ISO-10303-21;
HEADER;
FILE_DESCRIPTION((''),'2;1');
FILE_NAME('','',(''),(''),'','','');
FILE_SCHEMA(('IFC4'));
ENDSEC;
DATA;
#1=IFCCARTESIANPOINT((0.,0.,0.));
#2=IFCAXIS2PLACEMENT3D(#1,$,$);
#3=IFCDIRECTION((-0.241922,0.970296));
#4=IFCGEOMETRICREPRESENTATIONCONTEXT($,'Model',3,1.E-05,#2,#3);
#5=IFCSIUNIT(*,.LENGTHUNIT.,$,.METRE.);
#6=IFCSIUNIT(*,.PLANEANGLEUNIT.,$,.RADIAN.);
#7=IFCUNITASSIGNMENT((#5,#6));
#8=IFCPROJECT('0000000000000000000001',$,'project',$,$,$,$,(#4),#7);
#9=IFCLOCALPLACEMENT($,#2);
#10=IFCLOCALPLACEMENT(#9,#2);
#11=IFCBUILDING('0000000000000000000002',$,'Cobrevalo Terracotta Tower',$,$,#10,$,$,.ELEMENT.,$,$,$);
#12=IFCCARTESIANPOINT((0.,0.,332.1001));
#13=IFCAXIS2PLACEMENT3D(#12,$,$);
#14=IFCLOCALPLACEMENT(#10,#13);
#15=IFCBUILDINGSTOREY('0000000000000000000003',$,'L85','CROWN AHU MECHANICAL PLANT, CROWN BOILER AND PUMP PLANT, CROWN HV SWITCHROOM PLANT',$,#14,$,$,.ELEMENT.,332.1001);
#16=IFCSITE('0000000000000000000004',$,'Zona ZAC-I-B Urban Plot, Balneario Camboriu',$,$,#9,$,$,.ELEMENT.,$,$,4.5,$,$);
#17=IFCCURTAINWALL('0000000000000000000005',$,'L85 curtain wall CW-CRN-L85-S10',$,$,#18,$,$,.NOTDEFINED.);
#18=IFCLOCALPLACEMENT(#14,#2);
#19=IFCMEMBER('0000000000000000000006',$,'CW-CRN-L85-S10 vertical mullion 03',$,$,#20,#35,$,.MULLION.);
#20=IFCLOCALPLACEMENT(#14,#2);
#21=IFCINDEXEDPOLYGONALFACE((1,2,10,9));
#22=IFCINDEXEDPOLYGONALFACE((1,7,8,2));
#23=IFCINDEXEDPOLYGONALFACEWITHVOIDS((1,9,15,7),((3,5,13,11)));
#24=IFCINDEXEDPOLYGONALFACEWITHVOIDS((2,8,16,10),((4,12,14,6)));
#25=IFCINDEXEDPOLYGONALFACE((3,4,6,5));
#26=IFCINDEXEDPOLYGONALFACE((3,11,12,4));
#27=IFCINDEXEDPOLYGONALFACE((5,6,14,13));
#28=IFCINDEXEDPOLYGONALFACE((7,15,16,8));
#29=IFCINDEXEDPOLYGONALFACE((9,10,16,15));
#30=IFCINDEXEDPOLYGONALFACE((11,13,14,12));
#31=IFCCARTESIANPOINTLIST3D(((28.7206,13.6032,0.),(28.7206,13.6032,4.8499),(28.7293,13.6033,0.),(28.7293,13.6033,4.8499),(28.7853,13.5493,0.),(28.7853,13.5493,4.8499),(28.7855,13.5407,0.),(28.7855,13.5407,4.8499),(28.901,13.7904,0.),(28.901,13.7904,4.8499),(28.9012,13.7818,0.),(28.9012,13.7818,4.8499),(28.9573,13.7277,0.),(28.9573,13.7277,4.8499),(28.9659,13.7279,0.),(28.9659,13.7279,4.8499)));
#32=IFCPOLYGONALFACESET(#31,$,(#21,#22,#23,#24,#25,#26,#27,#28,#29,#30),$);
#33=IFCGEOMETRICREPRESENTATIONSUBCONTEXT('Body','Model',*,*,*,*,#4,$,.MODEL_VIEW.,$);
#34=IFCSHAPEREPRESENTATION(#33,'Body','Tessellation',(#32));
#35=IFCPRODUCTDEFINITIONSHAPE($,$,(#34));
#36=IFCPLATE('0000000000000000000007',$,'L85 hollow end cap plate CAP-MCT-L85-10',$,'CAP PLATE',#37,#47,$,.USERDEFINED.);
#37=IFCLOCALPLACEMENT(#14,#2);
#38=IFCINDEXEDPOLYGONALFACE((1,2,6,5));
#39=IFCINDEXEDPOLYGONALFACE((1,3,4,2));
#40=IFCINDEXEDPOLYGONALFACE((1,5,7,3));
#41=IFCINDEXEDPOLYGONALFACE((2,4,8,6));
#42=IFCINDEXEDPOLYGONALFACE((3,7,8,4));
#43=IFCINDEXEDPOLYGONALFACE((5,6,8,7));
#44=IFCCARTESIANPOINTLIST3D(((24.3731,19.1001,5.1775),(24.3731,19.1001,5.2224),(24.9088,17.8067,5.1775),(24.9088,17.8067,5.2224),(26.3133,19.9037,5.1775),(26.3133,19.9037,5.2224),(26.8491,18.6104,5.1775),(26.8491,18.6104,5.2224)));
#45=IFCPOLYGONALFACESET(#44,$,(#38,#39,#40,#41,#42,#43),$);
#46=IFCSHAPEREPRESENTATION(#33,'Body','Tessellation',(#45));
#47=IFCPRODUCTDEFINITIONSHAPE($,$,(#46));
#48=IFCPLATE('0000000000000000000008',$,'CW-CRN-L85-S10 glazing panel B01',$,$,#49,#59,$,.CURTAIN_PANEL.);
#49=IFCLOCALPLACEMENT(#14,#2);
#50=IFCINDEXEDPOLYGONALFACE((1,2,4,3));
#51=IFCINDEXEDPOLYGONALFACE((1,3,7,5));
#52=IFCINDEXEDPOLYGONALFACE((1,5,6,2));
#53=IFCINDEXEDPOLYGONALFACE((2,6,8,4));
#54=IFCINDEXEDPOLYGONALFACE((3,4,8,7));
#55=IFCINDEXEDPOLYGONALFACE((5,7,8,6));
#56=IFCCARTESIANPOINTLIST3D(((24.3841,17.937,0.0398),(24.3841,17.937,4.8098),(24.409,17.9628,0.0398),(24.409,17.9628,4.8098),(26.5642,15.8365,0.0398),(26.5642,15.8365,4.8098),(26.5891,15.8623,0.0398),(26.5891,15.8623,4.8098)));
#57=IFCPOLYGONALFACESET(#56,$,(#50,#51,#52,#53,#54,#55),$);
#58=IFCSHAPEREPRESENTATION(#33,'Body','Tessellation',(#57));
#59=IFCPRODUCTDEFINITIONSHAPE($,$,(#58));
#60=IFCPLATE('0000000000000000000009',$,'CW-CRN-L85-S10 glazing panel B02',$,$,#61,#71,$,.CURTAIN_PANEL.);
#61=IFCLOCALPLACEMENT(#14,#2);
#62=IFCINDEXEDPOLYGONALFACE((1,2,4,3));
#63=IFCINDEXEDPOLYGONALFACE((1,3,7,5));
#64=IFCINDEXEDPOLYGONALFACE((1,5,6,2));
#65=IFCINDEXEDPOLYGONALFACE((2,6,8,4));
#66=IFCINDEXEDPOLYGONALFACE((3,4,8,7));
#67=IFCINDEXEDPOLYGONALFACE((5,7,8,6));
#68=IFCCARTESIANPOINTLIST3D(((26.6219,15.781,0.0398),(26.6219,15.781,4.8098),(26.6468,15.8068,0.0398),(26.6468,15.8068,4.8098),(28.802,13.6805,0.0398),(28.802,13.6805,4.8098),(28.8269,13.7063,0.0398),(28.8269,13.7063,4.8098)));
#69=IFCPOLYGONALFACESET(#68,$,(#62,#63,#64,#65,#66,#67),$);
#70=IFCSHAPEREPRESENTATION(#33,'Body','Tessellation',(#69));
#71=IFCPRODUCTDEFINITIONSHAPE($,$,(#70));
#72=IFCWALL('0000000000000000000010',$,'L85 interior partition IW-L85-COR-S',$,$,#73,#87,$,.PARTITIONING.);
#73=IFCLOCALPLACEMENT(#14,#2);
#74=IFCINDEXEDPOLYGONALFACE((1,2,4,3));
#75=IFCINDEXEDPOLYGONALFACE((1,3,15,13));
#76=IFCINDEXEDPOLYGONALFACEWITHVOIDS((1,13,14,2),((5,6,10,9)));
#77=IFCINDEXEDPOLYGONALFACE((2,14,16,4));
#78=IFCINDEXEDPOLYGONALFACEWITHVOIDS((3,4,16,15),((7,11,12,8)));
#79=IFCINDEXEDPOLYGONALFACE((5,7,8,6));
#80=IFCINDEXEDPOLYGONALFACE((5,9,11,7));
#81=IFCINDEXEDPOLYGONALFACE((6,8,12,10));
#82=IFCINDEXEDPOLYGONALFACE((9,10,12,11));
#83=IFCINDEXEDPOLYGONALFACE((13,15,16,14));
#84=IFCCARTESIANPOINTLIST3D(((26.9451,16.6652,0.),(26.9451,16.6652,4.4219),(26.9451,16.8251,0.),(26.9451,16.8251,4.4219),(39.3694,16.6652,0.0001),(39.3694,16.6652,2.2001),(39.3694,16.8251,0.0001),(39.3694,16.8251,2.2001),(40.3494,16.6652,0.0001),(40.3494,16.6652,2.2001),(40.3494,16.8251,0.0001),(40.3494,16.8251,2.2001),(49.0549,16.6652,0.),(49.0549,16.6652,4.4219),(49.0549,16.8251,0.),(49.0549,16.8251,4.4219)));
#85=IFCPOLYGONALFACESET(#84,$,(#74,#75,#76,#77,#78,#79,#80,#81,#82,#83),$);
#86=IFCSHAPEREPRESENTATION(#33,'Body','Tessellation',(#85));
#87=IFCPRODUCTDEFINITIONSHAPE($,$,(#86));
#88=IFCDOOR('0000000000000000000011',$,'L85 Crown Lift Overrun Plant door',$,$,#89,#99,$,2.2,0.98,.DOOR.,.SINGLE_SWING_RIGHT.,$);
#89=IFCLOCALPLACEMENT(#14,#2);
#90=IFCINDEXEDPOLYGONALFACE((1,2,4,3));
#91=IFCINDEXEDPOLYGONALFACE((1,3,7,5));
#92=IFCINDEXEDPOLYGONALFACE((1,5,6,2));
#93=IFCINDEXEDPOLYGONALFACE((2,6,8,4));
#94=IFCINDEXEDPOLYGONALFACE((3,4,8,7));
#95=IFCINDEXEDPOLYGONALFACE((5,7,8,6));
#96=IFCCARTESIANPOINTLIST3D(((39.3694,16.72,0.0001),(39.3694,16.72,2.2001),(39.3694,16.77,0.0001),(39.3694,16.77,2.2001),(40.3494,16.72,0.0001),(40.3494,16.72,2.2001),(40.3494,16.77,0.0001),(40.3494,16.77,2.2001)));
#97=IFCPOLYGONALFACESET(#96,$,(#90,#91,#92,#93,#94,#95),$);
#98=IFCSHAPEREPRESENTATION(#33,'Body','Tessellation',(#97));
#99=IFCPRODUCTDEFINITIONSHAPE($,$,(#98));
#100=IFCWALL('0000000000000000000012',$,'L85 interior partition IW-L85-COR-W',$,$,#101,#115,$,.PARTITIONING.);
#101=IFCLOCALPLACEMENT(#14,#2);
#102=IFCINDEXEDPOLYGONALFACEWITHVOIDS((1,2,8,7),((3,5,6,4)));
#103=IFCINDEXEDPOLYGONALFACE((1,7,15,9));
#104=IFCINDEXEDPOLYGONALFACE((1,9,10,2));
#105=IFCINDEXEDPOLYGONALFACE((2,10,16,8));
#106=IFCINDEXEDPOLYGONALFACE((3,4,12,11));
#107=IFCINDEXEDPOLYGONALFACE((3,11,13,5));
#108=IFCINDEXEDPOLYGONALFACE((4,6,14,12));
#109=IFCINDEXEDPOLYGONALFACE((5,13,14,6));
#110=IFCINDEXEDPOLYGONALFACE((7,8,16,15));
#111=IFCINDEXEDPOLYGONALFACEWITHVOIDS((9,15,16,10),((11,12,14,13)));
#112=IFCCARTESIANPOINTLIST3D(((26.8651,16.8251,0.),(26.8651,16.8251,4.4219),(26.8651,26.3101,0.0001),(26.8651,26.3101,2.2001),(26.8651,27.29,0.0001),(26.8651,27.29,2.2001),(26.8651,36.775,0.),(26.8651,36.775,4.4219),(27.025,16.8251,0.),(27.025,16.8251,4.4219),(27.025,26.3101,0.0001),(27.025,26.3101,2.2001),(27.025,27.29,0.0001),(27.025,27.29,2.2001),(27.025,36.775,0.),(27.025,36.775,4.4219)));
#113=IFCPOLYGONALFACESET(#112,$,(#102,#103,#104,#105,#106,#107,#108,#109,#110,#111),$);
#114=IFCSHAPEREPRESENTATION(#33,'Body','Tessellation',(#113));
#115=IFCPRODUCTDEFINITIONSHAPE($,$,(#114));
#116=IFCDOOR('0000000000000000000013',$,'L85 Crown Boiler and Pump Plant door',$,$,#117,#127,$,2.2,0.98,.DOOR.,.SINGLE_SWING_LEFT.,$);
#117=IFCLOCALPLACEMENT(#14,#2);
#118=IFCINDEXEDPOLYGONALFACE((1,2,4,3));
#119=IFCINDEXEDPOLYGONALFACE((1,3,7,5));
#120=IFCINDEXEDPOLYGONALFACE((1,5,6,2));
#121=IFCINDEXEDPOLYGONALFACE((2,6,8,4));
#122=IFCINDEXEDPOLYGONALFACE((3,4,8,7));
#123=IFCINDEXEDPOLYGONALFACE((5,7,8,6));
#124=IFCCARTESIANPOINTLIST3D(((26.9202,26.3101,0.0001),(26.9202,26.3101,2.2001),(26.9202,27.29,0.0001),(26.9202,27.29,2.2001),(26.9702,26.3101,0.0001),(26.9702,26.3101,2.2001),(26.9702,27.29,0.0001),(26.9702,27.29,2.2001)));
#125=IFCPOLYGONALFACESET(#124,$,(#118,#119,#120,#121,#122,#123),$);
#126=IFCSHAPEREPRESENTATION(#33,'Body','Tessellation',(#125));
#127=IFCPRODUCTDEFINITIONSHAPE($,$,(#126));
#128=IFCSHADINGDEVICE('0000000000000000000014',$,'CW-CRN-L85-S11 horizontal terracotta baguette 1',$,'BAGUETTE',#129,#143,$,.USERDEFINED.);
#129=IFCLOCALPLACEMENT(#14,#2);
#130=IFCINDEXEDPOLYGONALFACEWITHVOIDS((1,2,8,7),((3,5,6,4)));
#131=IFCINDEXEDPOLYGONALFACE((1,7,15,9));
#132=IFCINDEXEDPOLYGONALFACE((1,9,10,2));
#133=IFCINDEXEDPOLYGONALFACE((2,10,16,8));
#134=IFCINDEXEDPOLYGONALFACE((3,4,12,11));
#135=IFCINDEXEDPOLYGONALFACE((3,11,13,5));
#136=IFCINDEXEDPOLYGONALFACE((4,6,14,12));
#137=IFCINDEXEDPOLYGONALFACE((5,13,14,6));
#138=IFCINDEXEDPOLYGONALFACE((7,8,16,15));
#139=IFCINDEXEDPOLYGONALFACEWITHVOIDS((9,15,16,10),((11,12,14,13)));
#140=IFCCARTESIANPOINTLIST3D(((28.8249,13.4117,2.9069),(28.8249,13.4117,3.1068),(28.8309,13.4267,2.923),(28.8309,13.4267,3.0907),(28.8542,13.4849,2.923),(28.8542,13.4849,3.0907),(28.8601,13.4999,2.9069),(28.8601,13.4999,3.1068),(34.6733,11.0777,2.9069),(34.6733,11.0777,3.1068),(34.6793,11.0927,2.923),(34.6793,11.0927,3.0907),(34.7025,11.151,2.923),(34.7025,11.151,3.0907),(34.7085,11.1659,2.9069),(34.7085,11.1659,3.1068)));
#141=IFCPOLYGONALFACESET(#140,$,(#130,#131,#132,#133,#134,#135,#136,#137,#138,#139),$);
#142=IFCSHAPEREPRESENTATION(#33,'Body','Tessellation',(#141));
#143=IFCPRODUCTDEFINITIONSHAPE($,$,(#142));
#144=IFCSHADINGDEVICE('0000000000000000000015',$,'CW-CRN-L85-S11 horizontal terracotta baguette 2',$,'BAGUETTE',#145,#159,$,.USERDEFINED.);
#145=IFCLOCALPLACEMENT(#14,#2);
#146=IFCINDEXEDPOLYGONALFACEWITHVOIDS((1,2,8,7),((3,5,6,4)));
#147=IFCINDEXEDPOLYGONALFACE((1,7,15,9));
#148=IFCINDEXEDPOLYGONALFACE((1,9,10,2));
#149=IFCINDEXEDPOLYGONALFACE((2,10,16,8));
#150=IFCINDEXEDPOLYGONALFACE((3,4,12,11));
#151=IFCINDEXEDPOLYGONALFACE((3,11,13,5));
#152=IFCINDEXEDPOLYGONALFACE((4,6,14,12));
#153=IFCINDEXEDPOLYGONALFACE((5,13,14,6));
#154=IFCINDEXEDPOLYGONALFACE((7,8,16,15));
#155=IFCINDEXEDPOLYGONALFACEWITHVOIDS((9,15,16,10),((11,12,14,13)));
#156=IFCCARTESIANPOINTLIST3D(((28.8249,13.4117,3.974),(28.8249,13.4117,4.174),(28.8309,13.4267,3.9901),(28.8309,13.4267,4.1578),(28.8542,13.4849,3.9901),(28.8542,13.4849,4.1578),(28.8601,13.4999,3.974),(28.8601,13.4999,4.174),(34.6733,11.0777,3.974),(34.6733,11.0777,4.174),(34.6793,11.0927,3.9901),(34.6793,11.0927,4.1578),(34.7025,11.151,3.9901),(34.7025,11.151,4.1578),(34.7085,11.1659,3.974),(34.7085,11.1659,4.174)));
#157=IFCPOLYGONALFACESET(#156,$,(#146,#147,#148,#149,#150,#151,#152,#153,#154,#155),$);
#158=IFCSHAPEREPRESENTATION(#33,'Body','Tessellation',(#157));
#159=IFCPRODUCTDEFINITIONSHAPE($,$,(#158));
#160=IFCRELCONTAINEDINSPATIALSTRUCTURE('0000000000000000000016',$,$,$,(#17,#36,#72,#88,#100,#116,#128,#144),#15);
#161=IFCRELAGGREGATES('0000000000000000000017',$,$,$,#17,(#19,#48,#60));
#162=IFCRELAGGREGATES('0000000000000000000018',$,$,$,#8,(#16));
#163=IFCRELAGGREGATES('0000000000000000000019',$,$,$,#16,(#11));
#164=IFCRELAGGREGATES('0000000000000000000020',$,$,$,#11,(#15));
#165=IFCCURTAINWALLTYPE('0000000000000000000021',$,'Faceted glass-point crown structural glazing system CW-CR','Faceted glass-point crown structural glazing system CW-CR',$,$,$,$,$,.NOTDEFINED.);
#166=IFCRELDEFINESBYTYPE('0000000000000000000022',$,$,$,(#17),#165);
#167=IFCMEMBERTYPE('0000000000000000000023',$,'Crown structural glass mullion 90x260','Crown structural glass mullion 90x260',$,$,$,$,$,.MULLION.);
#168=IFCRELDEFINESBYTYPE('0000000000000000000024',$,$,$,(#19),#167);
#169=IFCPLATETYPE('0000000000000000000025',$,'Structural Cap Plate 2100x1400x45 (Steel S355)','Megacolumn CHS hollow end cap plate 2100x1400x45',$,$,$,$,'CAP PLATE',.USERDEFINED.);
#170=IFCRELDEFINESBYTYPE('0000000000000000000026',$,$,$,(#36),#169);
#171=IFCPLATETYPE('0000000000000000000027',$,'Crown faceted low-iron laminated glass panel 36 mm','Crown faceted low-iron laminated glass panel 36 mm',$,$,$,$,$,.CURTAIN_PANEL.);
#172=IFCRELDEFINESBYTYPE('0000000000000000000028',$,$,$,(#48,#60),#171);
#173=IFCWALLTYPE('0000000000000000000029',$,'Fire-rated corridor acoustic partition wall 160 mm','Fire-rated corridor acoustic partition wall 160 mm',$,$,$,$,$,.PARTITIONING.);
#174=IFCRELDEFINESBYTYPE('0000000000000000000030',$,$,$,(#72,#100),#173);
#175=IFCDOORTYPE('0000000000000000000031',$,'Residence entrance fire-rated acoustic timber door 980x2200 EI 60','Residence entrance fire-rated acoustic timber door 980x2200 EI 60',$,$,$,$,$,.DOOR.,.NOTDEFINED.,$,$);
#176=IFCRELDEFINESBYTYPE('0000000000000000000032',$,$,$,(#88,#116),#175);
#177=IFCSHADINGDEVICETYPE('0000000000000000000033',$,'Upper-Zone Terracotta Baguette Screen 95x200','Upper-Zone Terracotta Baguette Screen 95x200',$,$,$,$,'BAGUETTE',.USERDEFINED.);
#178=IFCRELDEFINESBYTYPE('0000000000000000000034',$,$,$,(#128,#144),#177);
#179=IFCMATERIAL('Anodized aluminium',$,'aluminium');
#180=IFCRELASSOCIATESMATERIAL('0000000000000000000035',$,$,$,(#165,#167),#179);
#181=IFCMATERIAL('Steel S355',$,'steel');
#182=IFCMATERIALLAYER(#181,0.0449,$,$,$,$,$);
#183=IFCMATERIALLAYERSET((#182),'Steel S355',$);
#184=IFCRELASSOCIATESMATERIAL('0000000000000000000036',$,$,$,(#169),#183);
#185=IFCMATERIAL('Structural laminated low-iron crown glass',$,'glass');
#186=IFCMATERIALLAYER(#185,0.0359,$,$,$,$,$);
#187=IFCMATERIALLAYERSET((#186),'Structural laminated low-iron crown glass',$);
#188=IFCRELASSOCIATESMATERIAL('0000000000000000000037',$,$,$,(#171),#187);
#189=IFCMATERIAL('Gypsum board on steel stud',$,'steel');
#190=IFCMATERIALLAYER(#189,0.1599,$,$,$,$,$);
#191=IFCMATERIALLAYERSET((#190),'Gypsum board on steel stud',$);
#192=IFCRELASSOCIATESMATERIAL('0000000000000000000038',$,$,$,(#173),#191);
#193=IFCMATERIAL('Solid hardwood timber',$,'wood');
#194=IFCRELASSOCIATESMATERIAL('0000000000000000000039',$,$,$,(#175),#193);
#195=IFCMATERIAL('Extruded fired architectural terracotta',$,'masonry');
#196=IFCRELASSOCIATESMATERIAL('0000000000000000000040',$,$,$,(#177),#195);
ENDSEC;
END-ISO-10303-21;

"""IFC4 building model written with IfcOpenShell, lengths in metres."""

from ifc_helpers import new_model, si_unit, direction, frame, frame_2d, origin, origin_2d, place, context, subcontext, project, spatial, rectangle, hollow_rectangle, extrude, source, transform, mapped, material, layer, layer_set, material_profile, profile_set, type_object, element, fill, aggregate, save


model = new_model("IFC4")

# Units and contexts
model_context = context("Model", 3, precision=1e-05, world=origin(), true_north=direction((-0.241922, 0.970296)))
body_context = subcontext(model_context, "Body", "Model", "MODEL_VIEW")
ifc_project = project(units=[si_unit("LENGTHUNIT", "METRE"), si_unit("PLANEANGLEUNIT", "RADIAN")], contexts=[model_context])

# Site, building, storey
site_placement = place(None, origin())
site = spatial("IfcSite", under=ifc_project, at=site_placement, Name="Zona ZAC-I-B Urban Plot, Balneario Camboriu", CompositionType="ELEMENT", RefElevation=4.5)
building_placement = place(site_placement, origin())
building = spatial("IfcBuilding", under=site, at=building_placement, Name="Cobrevalo Terracotta Tower", CompositionType="ELEMENT")
storey_placement = place(building_placement, frame((0.0, 0.0, 332.1001)))
storey = spatial("IfcBuildingStorey", under=building, at=storey_placement, Name="L85", Description="CROWN AHU MECHANICAL PLANT, CROWN BOILER AND PUMP PLANT, CROWN HV SWITCHROOM PLANT", CompositionType="ELEMENT", Elevation=332.1001)

# Shared definitions
ifc_material_1 = material(Name="Steel S355", Category="steel")

# Curtain wall
ifc_material_2 = material(Name="Anodized aluminium", Category="aluminium")
curtain_wall_type = type_object("IfcCurtainWallType", Name="Faceted glass-point crown structural glazing system CW-CR", Description="Faceted glass-point crown structural glazing system CW-CR", PredefinedType="NOTDEFINED", material=ifc_material_2)
curtain_wall_1_placement = place(storey_placement, origin())
curtain_wall_1 = element("IfcCurtainWall", 1, at=curtain_wall_1_placement, inside=storey, type_object=curtain_wall_type, Name="L85 curtain wall CW-CRN-L85-S10", PredefinedType="NOTDEFINED")

# Shared definitions
ifc_material_profile_1 = material_profile(ifc_material_2, hollow_rectangle(XDim=0.0901, YDim=0.26, WallThickness=0.0061, at=origin_2d()), Name="CWM 90x260")
ifc_profile_set_1 = profile_set([ifc_material_profile_1], Name="Anodized aluminium")
member_type_1 = type_object("IfcMemberType", Name="Crown structural glass mullion 90x260", Description="Crown structural glass mullion 90x260", PredefinedType="MULLION", material=ifc_profile_set_1)
shared_shape_1 = source(origin(), body_context, "Body", "SweptSolid", [
    extrude(hollow_rectangle(XDim=0.0901, YDim=0.26, WallThickness=0.0061, at=origin_2d()), origin(), (0.0, 0.0, 1.0), 4.8499),
])

# Member
member_1_placement = place(storey_placement, frame((28.8433, 13.6655, 0.0), z_axis=(0.0, 0.0, 1.0), x_axis=(0.72014, -0.693829, 0.0)))
member_1 = element("IfcMember", 2, at=member_1_placement, type_object=member_type_1, Name="CW-CRN-L85-S10 vertical mullion 03", PredefinedType="MULLION", context=body_context, shape_type="MappedRepresentation", body=[
    mapped(shared_shape_1, transform((0.0, 0.0, 0.0), scale=1.0)),
])

# Plates
ifc_layer_1 = layer(ifc_material_1, 0.0449)
ifc_layer_set_1 = layer_set([ifc_layer_1], Name="Steel S355")
plate_type_1 = type_object("IfcPlateType", Name="Structural Cap Plate 2100x1400x45 (Steel S355)", Description="Megacolumn CHS hollow end cap plate 2100x1400x45", ElementType="CAP PLATE", PredefinedType="USERDEFINED", material=ifc_layer_set_1)
shared_shape_2 = source(origin(), body_context, "Body", "SweptSolid", [
    extrude(rectangle(XDim=2.1001, YDim=1.3999, at=origin_2d()), origin(), (0.0, 0.0, 1.0), 0.0449),
])
plate_1_placement = place(storey_placement, frame((25.6111, 18.8552, 5.1775), z_axis=(0.0, 0.0, 1.0), x_axis=(-0.92388, -0.382683, 0.0)))
element("IfcPlate", 3, at=plate_1_placement, inside=storey, type_object=plate_type_1, Name="L85 hollow end cap plate CAP-MCT-L85-10", ObjectType="CAP PLATE", PredefinedType="USERDEFINED", context=body_context, shape_type="MappedRepresentation", body=[
    mapped(shared_shape_2, transform((0.0, 0.0, 0.0), scale=1.0)),
])
ifc_material_3 = material(Name="Structural laminated low-iron crown glass", Category="glass")
ifc_layer_2 = layer(ifc_material_3, 0.0359)
ifc_layer_set_2 = layer_set([ifc_layer_2], Name="Structural laminated low-iron crown glass")
plate_type_2 = type_object("IfcPlateType", Name="Crown faceted low-iron laminated glass panel 36 mm", Description="Crown faceted low-iron laminated glass panel 36 mm", PredefinedType="CURTAIN_PANEL", material=ifc_layer_set_2)
shared_shape_3 = source(origin(), body_context, "Body", "SweptSolid", [
    extrude(rectangle(XDim=3.0273, YDim=0.0359, at=origin_2d()), origin(), (0.0, 0.0, 1.0), 4.77),
])
plate_2_placement = place(storey_placement, frame((25.4866, 16.8997, 0.0398), z_axis=(0.0, 0.0, 1.0), x_axis=(0.720133, -0.693836, 0.0)))
plate_2 = element("IfcPlate", 4, at=plate_2_placement, type_object=plate_type_2, Name="CW-CRN-L85-S10 glazing panel B01", PredefinedType="CURTAIN_PANEL", context=body_context, shape_type="MappedRepresentation", body=[
    mapped(shared_shape_3, transform((0.0, 0.0, 0.0), scale=1.0)),
])
plate_3_placement = place(storey_placement, frame((27.7244, 14.7437, 0.0398), z_axis=(0.0, 0.0, 1.0), x_axis=(0.720133, -0.693836, 0.0)))
plate_3 = element("IfcPlate", 5, at=plate_3_placement, type_object=plate_type_2, Name="CW-CRN-L85-S10 glazing panel B02", PredefinedType="CURTAIN_PANEL", context=body_context, shape_type="MappedRepresentation", body=[
    mapped(shared_shape_3, transform((0.0, 0.0, 0.0), scale=1.0)),
])
aggregate(curtain_wall_1, [member_1, plate_2, plate_3])

# Walls, openings, doors
ifc_material_4 = material(Name="Gypsum board on steel stud", Category="steel")
ifc_layer_3 = layer(ifc_material_4, 0.1599)
ifc_layer_set_3 = layer_set([ifc_layer_3], Name="Gypsum board on steel stud")
wall_type = type_object("IfcWallType", Name="Fire-rated corridor acoustic partition wall 160 mm", Description="Fire-rated corridor acoustic partition wall 160 mm", PredefinedType="PARTITIONING", material=ifc_layer_set_3)
wall_1_placement = place(storey_placement, frame((26.9451, 16.7451, 0.0), z_axis=(0.0, 0.0, 1.0), x_axis=(1.0, 0.0, 0.0)))
wall_1 = element("IfcWall", 6, at=wall_1_placement, inside=storey, type_object=wall_type, Name="L85 interior partition IW-L85-COR-S", PredefinedType="PARTITIONING", context=body_context, shape_type="SweptSolid", body=[
    extrude(rectangle(XDim=22.1099, YDim=0.1599, at=frame_2d((11.0549, 0.0))), origin(), (0.0, 0.0, 1.0), 4.4219),
])
opening_1_placement = place(wall_1_placement, frame((12.4243, 0.0, 0.0)))
opening_1 = element("IfcOpeningElement", 7, at=opening_1_placement, cuts=wall_1, PredefinedType="OPENING", context=body_context, shape_type="SweptSolid", body=[
    extrude(rectangle(XDim=0.98, YDim=2.2, at=frame_2d((0.49, 1.1001))), frame((0.0, 0.0898, 0.0), z_axis=(0.0, -1.0, 0.0), x_axis=(1.0, 0.0, 0.0)), (0.0, 0.0, 1.0), 0.1799),
])
ifc_material_5 = material(Name="Solid hardwood timber", Category="wood")
door_type = type_object("IfcDoorType", Name="Residence entrance fire-rated acoustic timber door 980x2200 EI 60", Description="Residence entrance fire-rated acoustic timber door 980x2200 EI 60", OperationType="NOTDEFINED", PredefinedType="DOOR", material=ifc_material_5)
shared_shape_4 = source(origin(), body_context, "Body", "SweptSolid", [
    extrude(rectangle(XDim=0.98, YDim=2.2, at=frame_2d((0.49, 1.1001))), frame((0.0, 0.0249, 0.0), z_axis=(0.0, -1.0, 0.0), x_axis=(1.0, 0.0, 0.0)), (0.0, 0.0, 1.0), 0.05),
])
door_1_placement = place(opening_1_placement, origin())
door_1 = element("IfcDoor", 8, at=door_1_placement, inside=storey, type_object=door_type, Name="L85 Crown Lift Overrun Plant door", OperationType="SINGLE_SWING_RIGHT", OverallHeight=2.2, OverallWidth=0.98, PredefinedType="DOOR", context=body_context, shape_type="MappedRepresentation", body=[
    mapped(shared_shape_4, transform((0.0, 0.0, 0.0), scale=1.0)),
])
fill(opening_1, door_1)
wall_2_placement = place(storey_placement, frame((26.9451, 16.825, 0.0), z_axis=(0.0, 0.0, 1.0), x_axis=(0.0, 1.0, 0.0)))
wall_2 = element("IfcWall", 9, at=wall_2_placement, inside=storey, type_object=wall_type, Name="L85 interior partition IW-L85-COR-W", PredefinedType="PARTITIONING", context=body_context, shape_type="SweptSolid", body=[
    extrude(rectangle(XDim=19.95, YDim=0.1599, at=frame_2d((9.9751, 0.0))), origin(), (0.0, 0.0, 1.0), 4.4219),
])
opening_2_placement = place(wall_2_placement, frame((9.4851, 0.0, 0.0)))
opening_2 = element("IfcOpeningElement", 10, at=opening_2_placement, cuts=wall_2, PredefinedType="OPENING", context=body_context, shape_type="SweptSolid", body=[
    extrude(rectangle(XDim=0.98, YDim=2.2, at=frame_2d((0.49, 1.1001))), frame((0.0, 0.0898, 0.0), z_axis=(0.0, -1.0, 0.0), x_axis=(1.0, 0.0, 0.0)), (0.0, 0.0, 1.0), 0.1799),
])
door_2_placement = place(opening_2_placement, origin())
door_2 = element("IfcDoor", 11, at=door_2_placement, inside=storey, type_object=door_type, Name="L85 Crown Boiler and Pump Plant door", OperationType="SINGLE_SWING_LEFT", OverallHeight=2.2, OverallWidth=0.98, PredefinedType="DOOR", context=body_context, shape_type="MappedRepresentation", body=[
    mapped(shared_shape_4, transform((0.0, 0.0, 0.0), scale=1.0)),
])
fill(opening_2, door_2)

# Shading devices
ifc_material_6 = material(Name="Extruded fired architectural terracotta", Category="masonry")
ifc_material_profile_2 = material_profile(ifc_material_6, hollow_rectangle(XDim=0.095, YDim=0.2, WallThickness=0.0161, at=origin_2d()), Name="BAGUETTE 95x200")
ifc_profile_set_2 = profile_set([ifc_material_profile_2], Name="Extruded fired architectural terracotta")
shading_device_type = type_object("IfcShadingDeviceType", Name="Upper-Zone Terracotta Baguette Screen 95x200", Description="Upper-Zone Terracotta Baguette Screen 95x200", ElementType="BAGUETTE", PredefinedType="USERDEFINED", material=ifc_profile_set_2)
shared_shape_5 = source(origin(), body_context, "Body", "SweptSolid", [
    extrude(hollow_rectangle(XDim=0.095, YDim=0.2, WallThickness=0.0161, at=origin_2d()), origin(), (0.0, 0.0, 1.0), 6.2969),
])
for number, where, z_axis, x_axis, name in (
    (12, (28.8425, 13.4558, 3.0068), (0.928771, -0.370655, 0.0), (0.370655, 0.928771, 0.0), "CW-CRN-L85-S11 horizontal terracotta baguette 1"),
    (13, (28.8425, 13.4558, 4.074), (0.928771, -0.370655, 0.0), (0.370655, 0.928771, 0.0), "CW-CRN-L85-S11 horizontal terracotta baguette 2"),
):
    element("IfcShadingDevice", number, at=place(storey_placement, frame(where, z_axis=z_axis, x_axis=x_axis)), inside=storey, type_object=shading_device_type, Name=name, ObjectType="BAGUETTE", PredefinedType="USERDEFINED", context=body_context, shape_type="MappedRepresentation", body=[
        mapped(shared_shape_5, transform((0.0, 0.0, 0.0), scale=1.0)),
    ])

save(model, "model.ifc")
